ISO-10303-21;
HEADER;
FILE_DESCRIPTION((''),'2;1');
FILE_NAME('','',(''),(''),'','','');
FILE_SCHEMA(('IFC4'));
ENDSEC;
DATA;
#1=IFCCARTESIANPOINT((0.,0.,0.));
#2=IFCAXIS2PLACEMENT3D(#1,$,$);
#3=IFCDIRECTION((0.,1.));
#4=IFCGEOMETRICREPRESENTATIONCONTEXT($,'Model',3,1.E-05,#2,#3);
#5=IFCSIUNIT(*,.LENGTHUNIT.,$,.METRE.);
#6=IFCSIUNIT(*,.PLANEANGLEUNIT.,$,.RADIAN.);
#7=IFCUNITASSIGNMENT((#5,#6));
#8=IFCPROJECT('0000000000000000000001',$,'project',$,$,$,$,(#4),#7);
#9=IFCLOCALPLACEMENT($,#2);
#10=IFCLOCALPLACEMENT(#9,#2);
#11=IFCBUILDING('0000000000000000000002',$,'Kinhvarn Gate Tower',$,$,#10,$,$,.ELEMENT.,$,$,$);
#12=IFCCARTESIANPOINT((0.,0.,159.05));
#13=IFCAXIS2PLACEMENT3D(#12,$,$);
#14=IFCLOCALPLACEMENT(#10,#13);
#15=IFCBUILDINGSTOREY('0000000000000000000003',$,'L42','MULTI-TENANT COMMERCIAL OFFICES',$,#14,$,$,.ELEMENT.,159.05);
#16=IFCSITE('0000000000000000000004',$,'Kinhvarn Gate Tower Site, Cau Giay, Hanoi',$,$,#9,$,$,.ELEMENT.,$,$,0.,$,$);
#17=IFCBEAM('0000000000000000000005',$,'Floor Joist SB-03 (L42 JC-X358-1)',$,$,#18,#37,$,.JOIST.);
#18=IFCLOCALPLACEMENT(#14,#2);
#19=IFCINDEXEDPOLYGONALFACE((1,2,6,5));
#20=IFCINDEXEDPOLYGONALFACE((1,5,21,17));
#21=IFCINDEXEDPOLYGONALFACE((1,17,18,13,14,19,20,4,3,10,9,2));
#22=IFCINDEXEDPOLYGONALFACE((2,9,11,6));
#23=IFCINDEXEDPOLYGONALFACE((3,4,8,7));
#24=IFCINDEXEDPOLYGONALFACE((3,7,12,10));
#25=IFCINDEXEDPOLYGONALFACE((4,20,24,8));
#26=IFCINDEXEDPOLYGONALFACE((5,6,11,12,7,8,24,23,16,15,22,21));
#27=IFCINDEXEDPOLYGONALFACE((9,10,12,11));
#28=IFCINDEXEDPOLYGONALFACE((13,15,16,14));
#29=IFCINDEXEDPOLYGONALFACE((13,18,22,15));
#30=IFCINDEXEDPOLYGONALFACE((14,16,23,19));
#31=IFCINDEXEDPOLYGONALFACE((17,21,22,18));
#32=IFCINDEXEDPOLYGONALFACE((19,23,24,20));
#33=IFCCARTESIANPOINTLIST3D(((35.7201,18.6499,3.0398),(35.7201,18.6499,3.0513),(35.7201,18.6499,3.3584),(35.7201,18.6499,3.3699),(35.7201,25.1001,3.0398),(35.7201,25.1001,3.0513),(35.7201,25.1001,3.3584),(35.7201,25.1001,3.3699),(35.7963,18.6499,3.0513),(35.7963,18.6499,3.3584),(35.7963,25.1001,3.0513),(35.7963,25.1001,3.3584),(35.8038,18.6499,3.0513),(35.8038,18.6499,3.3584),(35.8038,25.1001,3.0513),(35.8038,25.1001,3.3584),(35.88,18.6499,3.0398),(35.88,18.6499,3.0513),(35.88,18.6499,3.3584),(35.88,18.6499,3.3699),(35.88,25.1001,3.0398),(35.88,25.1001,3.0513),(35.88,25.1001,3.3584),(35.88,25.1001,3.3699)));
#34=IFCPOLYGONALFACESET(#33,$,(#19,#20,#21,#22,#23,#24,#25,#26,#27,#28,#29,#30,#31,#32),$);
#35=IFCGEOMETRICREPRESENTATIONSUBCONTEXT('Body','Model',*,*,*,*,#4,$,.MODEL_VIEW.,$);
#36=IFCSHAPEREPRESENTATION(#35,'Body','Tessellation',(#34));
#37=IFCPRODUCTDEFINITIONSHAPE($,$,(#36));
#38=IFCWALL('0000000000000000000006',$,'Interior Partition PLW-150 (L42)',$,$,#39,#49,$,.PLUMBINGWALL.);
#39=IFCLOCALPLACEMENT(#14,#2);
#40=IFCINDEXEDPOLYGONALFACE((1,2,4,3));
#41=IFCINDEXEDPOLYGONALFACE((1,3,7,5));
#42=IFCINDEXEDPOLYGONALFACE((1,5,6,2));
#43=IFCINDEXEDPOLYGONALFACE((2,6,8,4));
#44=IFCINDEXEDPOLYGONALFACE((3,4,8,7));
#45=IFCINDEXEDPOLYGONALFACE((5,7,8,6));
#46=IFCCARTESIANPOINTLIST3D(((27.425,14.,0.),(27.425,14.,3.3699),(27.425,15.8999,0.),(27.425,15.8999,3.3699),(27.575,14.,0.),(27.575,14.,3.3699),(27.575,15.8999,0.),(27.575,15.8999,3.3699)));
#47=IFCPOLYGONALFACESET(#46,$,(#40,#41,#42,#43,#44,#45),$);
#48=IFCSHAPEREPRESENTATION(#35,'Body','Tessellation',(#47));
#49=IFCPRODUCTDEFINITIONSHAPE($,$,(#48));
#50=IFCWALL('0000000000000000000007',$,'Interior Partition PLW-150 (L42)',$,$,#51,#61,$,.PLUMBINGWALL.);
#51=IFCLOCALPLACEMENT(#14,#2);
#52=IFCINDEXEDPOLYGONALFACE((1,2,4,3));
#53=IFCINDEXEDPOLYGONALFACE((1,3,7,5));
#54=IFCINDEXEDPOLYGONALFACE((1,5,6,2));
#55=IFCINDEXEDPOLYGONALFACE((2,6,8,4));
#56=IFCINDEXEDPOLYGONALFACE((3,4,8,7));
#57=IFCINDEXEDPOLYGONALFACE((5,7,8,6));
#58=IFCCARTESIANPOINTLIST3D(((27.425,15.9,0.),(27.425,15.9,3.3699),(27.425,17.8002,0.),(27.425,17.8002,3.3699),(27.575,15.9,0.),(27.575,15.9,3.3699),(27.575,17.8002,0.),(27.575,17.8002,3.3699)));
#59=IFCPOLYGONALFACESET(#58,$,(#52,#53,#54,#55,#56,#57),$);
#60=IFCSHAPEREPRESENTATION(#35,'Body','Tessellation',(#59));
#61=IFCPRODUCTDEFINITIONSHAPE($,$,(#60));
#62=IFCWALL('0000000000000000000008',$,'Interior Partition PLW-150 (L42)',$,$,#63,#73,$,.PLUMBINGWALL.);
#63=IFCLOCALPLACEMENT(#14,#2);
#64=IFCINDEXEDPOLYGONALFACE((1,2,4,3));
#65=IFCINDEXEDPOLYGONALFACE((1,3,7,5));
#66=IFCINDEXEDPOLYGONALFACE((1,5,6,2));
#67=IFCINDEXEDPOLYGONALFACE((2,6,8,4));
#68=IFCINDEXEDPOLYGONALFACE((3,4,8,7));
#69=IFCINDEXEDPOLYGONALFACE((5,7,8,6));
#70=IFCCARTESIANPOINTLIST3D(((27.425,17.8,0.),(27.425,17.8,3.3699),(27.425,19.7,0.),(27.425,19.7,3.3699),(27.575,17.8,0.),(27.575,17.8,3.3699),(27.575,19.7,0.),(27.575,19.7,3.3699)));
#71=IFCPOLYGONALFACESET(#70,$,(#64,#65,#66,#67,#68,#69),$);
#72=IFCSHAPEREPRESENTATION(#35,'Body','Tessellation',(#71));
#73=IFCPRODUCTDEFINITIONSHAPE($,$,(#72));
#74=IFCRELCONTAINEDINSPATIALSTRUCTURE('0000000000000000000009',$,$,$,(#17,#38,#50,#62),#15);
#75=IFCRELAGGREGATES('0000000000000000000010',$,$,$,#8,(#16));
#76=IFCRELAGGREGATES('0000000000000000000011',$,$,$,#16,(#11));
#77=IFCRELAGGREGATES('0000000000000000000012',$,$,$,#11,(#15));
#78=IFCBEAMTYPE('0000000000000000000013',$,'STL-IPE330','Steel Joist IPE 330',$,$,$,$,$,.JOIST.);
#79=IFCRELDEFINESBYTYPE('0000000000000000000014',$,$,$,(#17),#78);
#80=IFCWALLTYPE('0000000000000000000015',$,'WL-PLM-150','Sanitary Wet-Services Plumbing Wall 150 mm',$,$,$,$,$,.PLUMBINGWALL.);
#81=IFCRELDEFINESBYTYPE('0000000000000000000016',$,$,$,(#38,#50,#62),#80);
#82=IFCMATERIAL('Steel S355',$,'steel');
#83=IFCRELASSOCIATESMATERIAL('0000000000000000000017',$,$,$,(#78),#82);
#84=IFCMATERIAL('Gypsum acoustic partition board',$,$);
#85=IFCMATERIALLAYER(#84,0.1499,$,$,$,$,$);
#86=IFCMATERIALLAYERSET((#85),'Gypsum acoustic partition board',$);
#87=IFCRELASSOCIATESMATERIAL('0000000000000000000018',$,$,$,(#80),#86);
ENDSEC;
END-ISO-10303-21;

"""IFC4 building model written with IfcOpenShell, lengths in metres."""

from ifc_helpers import new_model, si_unit, direction, frame, frame_2d, origin, origin_2d, place, context, subcontext, project, spatial, rectangle, i_section, extrude, material, layer, layer_set, material_profile, profile_set, type_object, element, save


model = new_model("IFC4")

# Units and contexts
model_context = context("Model", 3, precision=1e-05, world=origin(), true_north=direction((0.0, 1.0)))
body_context = subcontext(model_context, "Body", "Model", "MODEL_VIEW")
ifc_project = project(units=[si_unit("LENGTHUNIT", "METRE"), si_unit("PLANEANGLEUNIT", "RADIAN")], contexts=[model_context])

# Site, building, storey
site_placement = place(None, origin())
site = spatial("IfcSite", under=ifc_project, at=site_placement, Name="Kinhvarn Gate Tower Site, Cau Giay, Hanoi", CompositionType="ELEMENT", RefElevation=0.0)
building_placement = place(site_placement, origin())
building = spatial("IfcBuilding", under=site, at=building_placement, Name="Kinhvarn Gate Tower", CompositionType="ELEMENT")
storey_placement = place(building_placement, frame((0.0, 0.0, 159.05)))
storey = spatial("IfcBuildingStorey", under=building, at=storey_placement, Name="L42", Description="MULTI-TENANT COMMERCIAL OFFICES", CompositionType="ELEMENT", Elevation=159.05)

# Beam
ifc_material_1 = material(Name="Steel S355", Category="steel")
ifc_material_profile_1 = material_profile(ifc_material_1, i_section(OverallWidth=0.1599, OverallDepth=0.3301, WebThickness=0.0076, FlangeThickness=0.0115, at=origin_2d()), Name="IPE 330")
ifc_profile_set_1 = profile_set([ifc_material_profile_1], Name="Steel S355")
beam_type_1 = type_object("IfcBeamType", Name="STL-IPE330", Description="Steel Joist IPE 330", PredefinedType="JOIST", material=ifc_profile_set_1)
beam_1_placement = place(storey_placement, frame((35.8, 18.6499, 3.2048), z_axis=(0.0, 1.0, 0.0), x_axis=(-1.0, 0.0, 0.0)))
element("IfcBeam", 1, at=beam_1_placement, inside=storey, type_object=beam_type_1, Name="Floor Joist SB-03 (L42 JC-X358-1)", PredefinedType="JOIST", context=body_context, shape_type="SweptSolid", body=[
    extrude(i_section(OverallWidth=0.1599, OverallDepth=0.3301, WebThickness=0.0076, FlangeThickness=0.0115, at=origin_2d()), origin(), (0.0, 0.0, 1.0), 6.4502),
])

# Walls
ifc_material_2 = material(Name="Gypsum acoustic partition board")
ifc_layer = layer(ifc_material_2, 0.1499)
ifc_layer_set = layer_set([ifc_layer], Name="Gypsum acoustic partition board")
wall_type = type_object("IfcWallType", Name="WL-PLM-150", Description="Sanitary Wet-Services Plumbing Wall 150 mm", PredefinedType="PLUMBINGWALL", material=ifc_layer_set)
wall_1_placement = place(storey_placement, frame((27.5, 14.0, 0.0), z_axis=(0.0, 0.0, 1.0), x_axis=(0.0, 1.0, 0.0)))
element("IfcWall", 2, at=wall_1_placement, inside=storey, type_object=wall_type, Name="Interior Partition PLW-150 (L42)", PredefinedType="PLUMBINGWALL", context=body_context, shape_type="SweptSolid", body=[
    extrude(rectangle(XDim=1.8999, YDim=0.1499, at=frame_2d((0.95, 0.0))), origin(), (0.0, 0.0, 1.0), 3.3699),
])
wall_2_placement = place(storey_placement, frame((27.5, 15.8999, 0.0), z_axis=(0.0, 0.0, 1.0), x_axis=(0.0, 1.0, 0.0)))
element("IfcWall", 3, at=wall_2_placement, inside=storey, type_object=wall_type, Name="Interior Partition PLW-150 (L42)", PredefinedType="PLUMBINGWALL", context=body_context, shape_type="SweptSolid", body=[
    extrude(rectangle(XDim=1.9001, YDim=0.1499, at=frame_2d((0.9502, 0.0))), origin(), (0.0, 0.0, 1.0), 3.3699),
])
wall_3_placement = place(storey_placement, frame((27.5, 17.8, 0.0), z_axis=(0.0, 0.0, 1.0), x_axis=(0.0, 1.0, 0.0)))
element("IfcWall", 4, at=wall_3_placement, inside=storey, type_object=wall_type, Name="Interior Partition PLW-150 (L42)", PredefinedType="PLUMBINGWALL", context=body_context, shape_type="SweptSolid", body=[
    extrude(rectangle(XDim=1.8999, YDim=0.1499, at=frame_2d((0.95, 0.0))), origin(), (0.0, 0.0, 1.0), 3.3699),
])

save(model, "model.ifc")
